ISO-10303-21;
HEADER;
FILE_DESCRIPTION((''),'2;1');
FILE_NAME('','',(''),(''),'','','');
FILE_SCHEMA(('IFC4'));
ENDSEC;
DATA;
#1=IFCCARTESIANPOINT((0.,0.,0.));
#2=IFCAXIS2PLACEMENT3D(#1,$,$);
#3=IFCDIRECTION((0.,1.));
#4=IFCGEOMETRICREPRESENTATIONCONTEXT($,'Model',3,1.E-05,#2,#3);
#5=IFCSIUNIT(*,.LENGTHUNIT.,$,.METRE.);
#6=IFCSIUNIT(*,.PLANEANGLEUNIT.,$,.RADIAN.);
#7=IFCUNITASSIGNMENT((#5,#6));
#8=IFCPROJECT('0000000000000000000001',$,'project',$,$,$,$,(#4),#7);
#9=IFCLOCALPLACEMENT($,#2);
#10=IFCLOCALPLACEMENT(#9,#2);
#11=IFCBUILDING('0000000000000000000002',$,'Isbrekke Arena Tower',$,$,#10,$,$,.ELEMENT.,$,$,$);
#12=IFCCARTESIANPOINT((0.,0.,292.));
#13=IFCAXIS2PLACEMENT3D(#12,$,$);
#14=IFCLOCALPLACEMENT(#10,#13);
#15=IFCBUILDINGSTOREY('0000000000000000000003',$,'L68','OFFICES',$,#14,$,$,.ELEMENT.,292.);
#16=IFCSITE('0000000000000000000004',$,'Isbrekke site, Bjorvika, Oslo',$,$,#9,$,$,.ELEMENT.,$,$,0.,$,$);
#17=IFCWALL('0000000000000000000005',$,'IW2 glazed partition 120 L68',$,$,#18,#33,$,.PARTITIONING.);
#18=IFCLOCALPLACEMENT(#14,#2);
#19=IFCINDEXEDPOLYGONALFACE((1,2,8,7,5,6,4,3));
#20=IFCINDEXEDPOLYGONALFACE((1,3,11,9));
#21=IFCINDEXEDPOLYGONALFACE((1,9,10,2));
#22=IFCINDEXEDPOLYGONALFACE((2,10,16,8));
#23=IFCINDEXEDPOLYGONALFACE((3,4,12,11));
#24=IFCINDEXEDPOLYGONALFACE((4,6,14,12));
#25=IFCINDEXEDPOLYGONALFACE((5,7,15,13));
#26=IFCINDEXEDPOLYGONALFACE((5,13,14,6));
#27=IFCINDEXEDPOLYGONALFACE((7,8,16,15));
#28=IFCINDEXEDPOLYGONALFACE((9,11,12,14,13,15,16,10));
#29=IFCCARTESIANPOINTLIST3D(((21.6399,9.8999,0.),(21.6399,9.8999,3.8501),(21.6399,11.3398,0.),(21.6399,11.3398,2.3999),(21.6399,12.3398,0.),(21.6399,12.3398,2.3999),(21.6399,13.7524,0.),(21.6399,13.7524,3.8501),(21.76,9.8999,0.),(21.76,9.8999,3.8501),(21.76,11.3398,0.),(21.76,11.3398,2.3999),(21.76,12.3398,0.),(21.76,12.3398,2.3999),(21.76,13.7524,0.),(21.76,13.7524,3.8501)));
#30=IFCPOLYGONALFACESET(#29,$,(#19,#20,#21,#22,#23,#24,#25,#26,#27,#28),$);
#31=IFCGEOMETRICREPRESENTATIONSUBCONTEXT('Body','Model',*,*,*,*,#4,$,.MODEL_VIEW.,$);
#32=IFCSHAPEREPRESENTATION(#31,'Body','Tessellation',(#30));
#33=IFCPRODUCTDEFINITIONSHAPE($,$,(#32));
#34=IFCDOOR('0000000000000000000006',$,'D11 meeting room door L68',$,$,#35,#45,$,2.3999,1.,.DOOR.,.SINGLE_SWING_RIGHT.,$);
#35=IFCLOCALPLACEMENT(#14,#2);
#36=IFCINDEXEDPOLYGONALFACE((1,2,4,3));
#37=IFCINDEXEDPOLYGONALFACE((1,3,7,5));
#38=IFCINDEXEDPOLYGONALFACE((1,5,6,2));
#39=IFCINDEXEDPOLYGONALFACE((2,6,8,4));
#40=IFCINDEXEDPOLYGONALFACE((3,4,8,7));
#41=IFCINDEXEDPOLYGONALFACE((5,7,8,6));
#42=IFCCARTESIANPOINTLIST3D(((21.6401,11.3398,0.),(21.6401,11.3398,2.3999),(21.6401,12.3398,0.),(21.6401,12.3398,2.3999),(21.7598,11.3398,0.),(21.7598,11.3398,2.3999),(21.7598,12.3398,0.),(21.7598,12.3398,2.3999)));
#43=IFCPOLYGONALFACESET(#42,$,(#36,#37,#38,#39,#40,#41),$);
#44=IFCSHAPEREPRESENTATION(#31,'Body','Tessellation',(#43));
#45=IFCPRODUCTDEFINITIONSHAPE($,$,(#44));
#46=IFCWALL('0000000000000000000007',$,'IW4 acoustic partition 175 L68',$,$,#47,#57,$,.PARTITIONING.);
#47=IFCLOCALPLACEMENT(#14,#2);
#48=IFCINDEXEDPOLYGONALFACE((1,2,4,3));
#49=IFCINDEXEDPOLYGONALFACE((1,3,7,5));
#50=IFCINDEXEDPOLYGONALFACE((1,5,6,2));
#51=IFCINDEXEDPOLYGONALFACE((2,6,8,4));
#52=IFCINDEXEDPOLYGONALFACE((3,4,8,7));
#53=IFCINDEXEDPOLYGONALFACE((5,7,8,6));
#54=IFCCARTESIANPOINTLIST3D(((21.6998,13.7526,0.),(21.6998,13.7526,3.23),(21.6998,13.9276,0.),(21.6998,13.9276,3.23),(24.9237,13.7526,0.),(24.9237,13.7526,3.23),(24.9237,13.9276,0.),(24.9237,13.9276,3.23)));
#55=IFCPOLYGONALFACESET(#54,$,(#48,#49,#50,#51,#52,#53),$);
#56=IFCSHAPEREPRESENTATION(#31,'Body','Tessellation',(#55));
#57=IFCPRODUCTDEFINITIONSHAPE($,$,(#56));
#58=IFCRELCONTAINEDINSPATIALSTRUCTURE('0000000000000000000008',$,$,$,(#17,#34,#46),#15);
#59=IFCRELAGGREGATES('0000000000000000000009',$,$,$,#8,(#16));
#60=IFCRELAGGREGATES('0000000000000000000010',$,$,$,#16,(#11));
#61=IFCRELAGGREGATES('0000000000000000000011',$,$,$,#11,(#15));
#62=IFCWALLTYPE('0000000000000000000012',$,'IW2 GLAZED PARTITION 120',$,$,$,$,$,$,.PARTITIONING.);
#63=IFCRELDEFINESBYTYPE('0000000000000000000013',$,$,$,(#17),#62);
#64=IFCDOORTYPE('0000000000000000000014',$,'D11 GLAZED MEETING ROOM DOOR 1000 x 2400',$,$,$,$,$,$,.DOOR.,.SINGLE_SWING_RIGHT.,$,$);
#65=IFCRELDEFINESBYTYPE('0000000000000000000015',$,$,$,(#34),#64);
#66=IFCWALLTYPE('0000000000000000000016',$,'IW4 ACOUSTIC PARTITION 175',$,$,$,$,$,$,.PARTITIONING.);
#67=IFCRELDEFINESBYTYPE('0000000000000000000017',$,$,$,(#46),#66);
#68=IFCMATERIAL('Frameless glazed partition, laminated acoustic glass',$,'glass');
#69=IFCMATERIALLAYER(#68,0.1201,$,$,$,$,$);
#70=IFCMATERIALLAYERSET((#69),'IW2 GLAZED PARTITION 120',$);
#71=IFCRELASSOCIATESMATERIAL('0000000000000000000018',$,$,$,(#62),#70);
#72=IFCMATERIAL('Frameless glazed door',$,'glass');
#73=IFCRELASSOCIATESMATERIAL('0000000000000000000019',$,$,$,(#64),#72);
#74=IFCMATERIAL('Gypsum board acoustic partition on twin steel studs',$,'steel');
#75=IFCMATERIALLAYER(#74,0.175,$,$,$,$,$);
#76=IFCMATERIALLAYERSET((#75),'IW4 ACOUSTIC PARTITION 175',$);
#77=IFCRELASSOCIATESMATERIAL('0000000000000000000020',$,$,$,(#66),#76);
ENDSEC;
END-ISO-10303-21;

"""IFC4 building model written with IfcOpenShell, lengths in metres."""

from ifc_helpers import new_model, si_unit, direction, frame, frame_2d, origin, place, context, subcontext, project, spatial, rectangle, extrude, material, layer, layer_set, type_object, element, fill, save


model = new_model("IFC4")

# Units and contexts
model_context = context("Model", 3, precision=1e-05, world=origin(), true_north=direction((0.0, 1.0)))
body_context = subcontext(model_context, "Body", "Model", "MODEL_VIEW")
ifc_project = project(units=[si_unit("LENGTHUNIT", "METRE"), si_unit("PLANEANGLEUNIT", "RADIAN")], contexts=[model_context])

# Site, building, storey
site_placement = place(None, origin())
site = spatial("IfcSite", under=ifc_project, at=site_placement, Name="Isbrekke site, Bjorvika, Oslo", CompositionType="ELEMENT", RefElevation=0.0)
building_placement = place(site_placement, origin())
building = spatial("IfcBuilding", under=site, at=building_placement, Name="Isbrekke Arena Tower", CompositionType="ELEMENT")
storey_placement = place(building_placement, frame((0.0, 0.0, 292.0)))
storey = spatial("IfcBuildingStorey", under=building, at=storey_placement, Name="L68", Description="OFFICES", CompositionType="ELEMENT", Elevation=292.0)

# Shared definitions
ifc_material_1 = material(Name="Frameless glazed partition, laminated acoustic glass", Category="glass")
ifc_layer_1 = layer(ifc_material_1, 0.1201)
ifc_layer_set_1 = layer_set([ifc_layer_1], Name="IW2 GLAZED PARTITION 120")
wall_type_1 = type_object("IfcWallType", Name="IW2 GLAZED PARTITION 120", PredefinedType="PARTITIONING", material=ifc_layer_set_1)

# Wall, opening, door
ifc_material_2 = material(Name="Frameless glazed door", Category="glass")
door_type_1 = type_object("IfcDoorType", Name="D11 GLAZED MEETING ROOM DOOR 1000 x 2400", OperationType="SINGLE_SWING_RIGHT", PredefinedType="DOOR", material=ifc_material_2)
wall_1_placement = place(storey_placement, frame((21.7, 9.8999, 0.0), z_axis=(0.0, 0.0, 1.0), x_axis=(0.0, 1.0, 0.0)))
wall_1 = element("IfcWall", 1, at=wall_1_placement, inside=storey, type_object=wall_type_1, Name="IW2 glazed partition 120 L68", PredefinedType="PARTITIONING", context=body_context, shape_type="SweptSolid", body=[
    extrude(rectangle(XDim=3.8525, YDim=0.1201, at=frame_2d((1.9263, 0.0))), origin(), (0.0, 0.0, 1.0), 3.8501),
])
opening_1_placement = place(wall_1_placement, frame((1.4399, 0.0, 0.0)))
opening_1 = element("IfcOpeningElement", 2, at=opening_1_placement, cuts=wall_1, PredefinedType="OPENING", context=body_context, shape_type="SweptSolid", body=[
    extrude(rectangle(XDim=1.0, YDim=2.3999, at=frame_2d((0.5, 1.2))), frame((0.0, 0.075, 0.0), z_axis=(0.0, -1.0, 0.0), x_axis=(1.0, 0.0, 0.0)), (0.0, 0.0, 1.0), 0.1499),
])
door_1_placement = place(opening_1_placement, origin())
door_1 = element("IfcDoor", 3, at=door_1_placement, inside=storey, type_object=door_type_1, Name="D11 meeting room door L68", OperationType="SINGLE_SWING_RIGHT", OverallHeight=2.3999, OverallWidth=1.0, PredefinedType="DOOR", context=body_context, shape_type="SweptSolid", body=[
    extrude(rectangle(XDim=1.0, YDim=2.3999, at=frame_2d((0.5, 1.2))), frame((0.0, 0.0598, 0.0), z_axis=(0.0, -1.0, 0.0), x_axis=(1.0, 0.0, 0.0)), (0.0, 0.0, 1.0), 0.1196),
])
fill(opening_1, door_1)

# Wall
ifc_material_3 = material(Name="Gypsum board acoustic partition on twin steel studs", Category="steel")
ifc_layer_2 = layer(ifc_material_3, 0.175)
ifc_layer_set_2 = layer_set([ifc_layer_2], Name="IW4 ACOUSTIC PARTITION 175")
wall_type_2 = type_object("IfcWallType", Name="IW4 ACOUSTIC PARTITION 175", PredefinedType="PARTITIONING", material=ifc_layer_set_2)
wall_2_placement = place(storey_placement, frame((21.7, 13.8401, 0.0), z_axis=(0.0, 0.0, 1.0), x_axis=(1.0, 0.0, 0.0)))
element("IfcWall", 4, at=wall_2_placement, inside=storey, type_object=wall_type_2, Name="IW4 acoustic partition 175 L68", PredefinedType="PARTITIONING", context=body_context, shape_type="SweptSolid", body=[
    extrude(rectangle(XDim=3.2239, YDim=0.175, at=frame_2d((1.6118, 0.0))), origin(), (0.0, 0.0, 1.0), 3.23),
])

save(model, "model.ifc")
